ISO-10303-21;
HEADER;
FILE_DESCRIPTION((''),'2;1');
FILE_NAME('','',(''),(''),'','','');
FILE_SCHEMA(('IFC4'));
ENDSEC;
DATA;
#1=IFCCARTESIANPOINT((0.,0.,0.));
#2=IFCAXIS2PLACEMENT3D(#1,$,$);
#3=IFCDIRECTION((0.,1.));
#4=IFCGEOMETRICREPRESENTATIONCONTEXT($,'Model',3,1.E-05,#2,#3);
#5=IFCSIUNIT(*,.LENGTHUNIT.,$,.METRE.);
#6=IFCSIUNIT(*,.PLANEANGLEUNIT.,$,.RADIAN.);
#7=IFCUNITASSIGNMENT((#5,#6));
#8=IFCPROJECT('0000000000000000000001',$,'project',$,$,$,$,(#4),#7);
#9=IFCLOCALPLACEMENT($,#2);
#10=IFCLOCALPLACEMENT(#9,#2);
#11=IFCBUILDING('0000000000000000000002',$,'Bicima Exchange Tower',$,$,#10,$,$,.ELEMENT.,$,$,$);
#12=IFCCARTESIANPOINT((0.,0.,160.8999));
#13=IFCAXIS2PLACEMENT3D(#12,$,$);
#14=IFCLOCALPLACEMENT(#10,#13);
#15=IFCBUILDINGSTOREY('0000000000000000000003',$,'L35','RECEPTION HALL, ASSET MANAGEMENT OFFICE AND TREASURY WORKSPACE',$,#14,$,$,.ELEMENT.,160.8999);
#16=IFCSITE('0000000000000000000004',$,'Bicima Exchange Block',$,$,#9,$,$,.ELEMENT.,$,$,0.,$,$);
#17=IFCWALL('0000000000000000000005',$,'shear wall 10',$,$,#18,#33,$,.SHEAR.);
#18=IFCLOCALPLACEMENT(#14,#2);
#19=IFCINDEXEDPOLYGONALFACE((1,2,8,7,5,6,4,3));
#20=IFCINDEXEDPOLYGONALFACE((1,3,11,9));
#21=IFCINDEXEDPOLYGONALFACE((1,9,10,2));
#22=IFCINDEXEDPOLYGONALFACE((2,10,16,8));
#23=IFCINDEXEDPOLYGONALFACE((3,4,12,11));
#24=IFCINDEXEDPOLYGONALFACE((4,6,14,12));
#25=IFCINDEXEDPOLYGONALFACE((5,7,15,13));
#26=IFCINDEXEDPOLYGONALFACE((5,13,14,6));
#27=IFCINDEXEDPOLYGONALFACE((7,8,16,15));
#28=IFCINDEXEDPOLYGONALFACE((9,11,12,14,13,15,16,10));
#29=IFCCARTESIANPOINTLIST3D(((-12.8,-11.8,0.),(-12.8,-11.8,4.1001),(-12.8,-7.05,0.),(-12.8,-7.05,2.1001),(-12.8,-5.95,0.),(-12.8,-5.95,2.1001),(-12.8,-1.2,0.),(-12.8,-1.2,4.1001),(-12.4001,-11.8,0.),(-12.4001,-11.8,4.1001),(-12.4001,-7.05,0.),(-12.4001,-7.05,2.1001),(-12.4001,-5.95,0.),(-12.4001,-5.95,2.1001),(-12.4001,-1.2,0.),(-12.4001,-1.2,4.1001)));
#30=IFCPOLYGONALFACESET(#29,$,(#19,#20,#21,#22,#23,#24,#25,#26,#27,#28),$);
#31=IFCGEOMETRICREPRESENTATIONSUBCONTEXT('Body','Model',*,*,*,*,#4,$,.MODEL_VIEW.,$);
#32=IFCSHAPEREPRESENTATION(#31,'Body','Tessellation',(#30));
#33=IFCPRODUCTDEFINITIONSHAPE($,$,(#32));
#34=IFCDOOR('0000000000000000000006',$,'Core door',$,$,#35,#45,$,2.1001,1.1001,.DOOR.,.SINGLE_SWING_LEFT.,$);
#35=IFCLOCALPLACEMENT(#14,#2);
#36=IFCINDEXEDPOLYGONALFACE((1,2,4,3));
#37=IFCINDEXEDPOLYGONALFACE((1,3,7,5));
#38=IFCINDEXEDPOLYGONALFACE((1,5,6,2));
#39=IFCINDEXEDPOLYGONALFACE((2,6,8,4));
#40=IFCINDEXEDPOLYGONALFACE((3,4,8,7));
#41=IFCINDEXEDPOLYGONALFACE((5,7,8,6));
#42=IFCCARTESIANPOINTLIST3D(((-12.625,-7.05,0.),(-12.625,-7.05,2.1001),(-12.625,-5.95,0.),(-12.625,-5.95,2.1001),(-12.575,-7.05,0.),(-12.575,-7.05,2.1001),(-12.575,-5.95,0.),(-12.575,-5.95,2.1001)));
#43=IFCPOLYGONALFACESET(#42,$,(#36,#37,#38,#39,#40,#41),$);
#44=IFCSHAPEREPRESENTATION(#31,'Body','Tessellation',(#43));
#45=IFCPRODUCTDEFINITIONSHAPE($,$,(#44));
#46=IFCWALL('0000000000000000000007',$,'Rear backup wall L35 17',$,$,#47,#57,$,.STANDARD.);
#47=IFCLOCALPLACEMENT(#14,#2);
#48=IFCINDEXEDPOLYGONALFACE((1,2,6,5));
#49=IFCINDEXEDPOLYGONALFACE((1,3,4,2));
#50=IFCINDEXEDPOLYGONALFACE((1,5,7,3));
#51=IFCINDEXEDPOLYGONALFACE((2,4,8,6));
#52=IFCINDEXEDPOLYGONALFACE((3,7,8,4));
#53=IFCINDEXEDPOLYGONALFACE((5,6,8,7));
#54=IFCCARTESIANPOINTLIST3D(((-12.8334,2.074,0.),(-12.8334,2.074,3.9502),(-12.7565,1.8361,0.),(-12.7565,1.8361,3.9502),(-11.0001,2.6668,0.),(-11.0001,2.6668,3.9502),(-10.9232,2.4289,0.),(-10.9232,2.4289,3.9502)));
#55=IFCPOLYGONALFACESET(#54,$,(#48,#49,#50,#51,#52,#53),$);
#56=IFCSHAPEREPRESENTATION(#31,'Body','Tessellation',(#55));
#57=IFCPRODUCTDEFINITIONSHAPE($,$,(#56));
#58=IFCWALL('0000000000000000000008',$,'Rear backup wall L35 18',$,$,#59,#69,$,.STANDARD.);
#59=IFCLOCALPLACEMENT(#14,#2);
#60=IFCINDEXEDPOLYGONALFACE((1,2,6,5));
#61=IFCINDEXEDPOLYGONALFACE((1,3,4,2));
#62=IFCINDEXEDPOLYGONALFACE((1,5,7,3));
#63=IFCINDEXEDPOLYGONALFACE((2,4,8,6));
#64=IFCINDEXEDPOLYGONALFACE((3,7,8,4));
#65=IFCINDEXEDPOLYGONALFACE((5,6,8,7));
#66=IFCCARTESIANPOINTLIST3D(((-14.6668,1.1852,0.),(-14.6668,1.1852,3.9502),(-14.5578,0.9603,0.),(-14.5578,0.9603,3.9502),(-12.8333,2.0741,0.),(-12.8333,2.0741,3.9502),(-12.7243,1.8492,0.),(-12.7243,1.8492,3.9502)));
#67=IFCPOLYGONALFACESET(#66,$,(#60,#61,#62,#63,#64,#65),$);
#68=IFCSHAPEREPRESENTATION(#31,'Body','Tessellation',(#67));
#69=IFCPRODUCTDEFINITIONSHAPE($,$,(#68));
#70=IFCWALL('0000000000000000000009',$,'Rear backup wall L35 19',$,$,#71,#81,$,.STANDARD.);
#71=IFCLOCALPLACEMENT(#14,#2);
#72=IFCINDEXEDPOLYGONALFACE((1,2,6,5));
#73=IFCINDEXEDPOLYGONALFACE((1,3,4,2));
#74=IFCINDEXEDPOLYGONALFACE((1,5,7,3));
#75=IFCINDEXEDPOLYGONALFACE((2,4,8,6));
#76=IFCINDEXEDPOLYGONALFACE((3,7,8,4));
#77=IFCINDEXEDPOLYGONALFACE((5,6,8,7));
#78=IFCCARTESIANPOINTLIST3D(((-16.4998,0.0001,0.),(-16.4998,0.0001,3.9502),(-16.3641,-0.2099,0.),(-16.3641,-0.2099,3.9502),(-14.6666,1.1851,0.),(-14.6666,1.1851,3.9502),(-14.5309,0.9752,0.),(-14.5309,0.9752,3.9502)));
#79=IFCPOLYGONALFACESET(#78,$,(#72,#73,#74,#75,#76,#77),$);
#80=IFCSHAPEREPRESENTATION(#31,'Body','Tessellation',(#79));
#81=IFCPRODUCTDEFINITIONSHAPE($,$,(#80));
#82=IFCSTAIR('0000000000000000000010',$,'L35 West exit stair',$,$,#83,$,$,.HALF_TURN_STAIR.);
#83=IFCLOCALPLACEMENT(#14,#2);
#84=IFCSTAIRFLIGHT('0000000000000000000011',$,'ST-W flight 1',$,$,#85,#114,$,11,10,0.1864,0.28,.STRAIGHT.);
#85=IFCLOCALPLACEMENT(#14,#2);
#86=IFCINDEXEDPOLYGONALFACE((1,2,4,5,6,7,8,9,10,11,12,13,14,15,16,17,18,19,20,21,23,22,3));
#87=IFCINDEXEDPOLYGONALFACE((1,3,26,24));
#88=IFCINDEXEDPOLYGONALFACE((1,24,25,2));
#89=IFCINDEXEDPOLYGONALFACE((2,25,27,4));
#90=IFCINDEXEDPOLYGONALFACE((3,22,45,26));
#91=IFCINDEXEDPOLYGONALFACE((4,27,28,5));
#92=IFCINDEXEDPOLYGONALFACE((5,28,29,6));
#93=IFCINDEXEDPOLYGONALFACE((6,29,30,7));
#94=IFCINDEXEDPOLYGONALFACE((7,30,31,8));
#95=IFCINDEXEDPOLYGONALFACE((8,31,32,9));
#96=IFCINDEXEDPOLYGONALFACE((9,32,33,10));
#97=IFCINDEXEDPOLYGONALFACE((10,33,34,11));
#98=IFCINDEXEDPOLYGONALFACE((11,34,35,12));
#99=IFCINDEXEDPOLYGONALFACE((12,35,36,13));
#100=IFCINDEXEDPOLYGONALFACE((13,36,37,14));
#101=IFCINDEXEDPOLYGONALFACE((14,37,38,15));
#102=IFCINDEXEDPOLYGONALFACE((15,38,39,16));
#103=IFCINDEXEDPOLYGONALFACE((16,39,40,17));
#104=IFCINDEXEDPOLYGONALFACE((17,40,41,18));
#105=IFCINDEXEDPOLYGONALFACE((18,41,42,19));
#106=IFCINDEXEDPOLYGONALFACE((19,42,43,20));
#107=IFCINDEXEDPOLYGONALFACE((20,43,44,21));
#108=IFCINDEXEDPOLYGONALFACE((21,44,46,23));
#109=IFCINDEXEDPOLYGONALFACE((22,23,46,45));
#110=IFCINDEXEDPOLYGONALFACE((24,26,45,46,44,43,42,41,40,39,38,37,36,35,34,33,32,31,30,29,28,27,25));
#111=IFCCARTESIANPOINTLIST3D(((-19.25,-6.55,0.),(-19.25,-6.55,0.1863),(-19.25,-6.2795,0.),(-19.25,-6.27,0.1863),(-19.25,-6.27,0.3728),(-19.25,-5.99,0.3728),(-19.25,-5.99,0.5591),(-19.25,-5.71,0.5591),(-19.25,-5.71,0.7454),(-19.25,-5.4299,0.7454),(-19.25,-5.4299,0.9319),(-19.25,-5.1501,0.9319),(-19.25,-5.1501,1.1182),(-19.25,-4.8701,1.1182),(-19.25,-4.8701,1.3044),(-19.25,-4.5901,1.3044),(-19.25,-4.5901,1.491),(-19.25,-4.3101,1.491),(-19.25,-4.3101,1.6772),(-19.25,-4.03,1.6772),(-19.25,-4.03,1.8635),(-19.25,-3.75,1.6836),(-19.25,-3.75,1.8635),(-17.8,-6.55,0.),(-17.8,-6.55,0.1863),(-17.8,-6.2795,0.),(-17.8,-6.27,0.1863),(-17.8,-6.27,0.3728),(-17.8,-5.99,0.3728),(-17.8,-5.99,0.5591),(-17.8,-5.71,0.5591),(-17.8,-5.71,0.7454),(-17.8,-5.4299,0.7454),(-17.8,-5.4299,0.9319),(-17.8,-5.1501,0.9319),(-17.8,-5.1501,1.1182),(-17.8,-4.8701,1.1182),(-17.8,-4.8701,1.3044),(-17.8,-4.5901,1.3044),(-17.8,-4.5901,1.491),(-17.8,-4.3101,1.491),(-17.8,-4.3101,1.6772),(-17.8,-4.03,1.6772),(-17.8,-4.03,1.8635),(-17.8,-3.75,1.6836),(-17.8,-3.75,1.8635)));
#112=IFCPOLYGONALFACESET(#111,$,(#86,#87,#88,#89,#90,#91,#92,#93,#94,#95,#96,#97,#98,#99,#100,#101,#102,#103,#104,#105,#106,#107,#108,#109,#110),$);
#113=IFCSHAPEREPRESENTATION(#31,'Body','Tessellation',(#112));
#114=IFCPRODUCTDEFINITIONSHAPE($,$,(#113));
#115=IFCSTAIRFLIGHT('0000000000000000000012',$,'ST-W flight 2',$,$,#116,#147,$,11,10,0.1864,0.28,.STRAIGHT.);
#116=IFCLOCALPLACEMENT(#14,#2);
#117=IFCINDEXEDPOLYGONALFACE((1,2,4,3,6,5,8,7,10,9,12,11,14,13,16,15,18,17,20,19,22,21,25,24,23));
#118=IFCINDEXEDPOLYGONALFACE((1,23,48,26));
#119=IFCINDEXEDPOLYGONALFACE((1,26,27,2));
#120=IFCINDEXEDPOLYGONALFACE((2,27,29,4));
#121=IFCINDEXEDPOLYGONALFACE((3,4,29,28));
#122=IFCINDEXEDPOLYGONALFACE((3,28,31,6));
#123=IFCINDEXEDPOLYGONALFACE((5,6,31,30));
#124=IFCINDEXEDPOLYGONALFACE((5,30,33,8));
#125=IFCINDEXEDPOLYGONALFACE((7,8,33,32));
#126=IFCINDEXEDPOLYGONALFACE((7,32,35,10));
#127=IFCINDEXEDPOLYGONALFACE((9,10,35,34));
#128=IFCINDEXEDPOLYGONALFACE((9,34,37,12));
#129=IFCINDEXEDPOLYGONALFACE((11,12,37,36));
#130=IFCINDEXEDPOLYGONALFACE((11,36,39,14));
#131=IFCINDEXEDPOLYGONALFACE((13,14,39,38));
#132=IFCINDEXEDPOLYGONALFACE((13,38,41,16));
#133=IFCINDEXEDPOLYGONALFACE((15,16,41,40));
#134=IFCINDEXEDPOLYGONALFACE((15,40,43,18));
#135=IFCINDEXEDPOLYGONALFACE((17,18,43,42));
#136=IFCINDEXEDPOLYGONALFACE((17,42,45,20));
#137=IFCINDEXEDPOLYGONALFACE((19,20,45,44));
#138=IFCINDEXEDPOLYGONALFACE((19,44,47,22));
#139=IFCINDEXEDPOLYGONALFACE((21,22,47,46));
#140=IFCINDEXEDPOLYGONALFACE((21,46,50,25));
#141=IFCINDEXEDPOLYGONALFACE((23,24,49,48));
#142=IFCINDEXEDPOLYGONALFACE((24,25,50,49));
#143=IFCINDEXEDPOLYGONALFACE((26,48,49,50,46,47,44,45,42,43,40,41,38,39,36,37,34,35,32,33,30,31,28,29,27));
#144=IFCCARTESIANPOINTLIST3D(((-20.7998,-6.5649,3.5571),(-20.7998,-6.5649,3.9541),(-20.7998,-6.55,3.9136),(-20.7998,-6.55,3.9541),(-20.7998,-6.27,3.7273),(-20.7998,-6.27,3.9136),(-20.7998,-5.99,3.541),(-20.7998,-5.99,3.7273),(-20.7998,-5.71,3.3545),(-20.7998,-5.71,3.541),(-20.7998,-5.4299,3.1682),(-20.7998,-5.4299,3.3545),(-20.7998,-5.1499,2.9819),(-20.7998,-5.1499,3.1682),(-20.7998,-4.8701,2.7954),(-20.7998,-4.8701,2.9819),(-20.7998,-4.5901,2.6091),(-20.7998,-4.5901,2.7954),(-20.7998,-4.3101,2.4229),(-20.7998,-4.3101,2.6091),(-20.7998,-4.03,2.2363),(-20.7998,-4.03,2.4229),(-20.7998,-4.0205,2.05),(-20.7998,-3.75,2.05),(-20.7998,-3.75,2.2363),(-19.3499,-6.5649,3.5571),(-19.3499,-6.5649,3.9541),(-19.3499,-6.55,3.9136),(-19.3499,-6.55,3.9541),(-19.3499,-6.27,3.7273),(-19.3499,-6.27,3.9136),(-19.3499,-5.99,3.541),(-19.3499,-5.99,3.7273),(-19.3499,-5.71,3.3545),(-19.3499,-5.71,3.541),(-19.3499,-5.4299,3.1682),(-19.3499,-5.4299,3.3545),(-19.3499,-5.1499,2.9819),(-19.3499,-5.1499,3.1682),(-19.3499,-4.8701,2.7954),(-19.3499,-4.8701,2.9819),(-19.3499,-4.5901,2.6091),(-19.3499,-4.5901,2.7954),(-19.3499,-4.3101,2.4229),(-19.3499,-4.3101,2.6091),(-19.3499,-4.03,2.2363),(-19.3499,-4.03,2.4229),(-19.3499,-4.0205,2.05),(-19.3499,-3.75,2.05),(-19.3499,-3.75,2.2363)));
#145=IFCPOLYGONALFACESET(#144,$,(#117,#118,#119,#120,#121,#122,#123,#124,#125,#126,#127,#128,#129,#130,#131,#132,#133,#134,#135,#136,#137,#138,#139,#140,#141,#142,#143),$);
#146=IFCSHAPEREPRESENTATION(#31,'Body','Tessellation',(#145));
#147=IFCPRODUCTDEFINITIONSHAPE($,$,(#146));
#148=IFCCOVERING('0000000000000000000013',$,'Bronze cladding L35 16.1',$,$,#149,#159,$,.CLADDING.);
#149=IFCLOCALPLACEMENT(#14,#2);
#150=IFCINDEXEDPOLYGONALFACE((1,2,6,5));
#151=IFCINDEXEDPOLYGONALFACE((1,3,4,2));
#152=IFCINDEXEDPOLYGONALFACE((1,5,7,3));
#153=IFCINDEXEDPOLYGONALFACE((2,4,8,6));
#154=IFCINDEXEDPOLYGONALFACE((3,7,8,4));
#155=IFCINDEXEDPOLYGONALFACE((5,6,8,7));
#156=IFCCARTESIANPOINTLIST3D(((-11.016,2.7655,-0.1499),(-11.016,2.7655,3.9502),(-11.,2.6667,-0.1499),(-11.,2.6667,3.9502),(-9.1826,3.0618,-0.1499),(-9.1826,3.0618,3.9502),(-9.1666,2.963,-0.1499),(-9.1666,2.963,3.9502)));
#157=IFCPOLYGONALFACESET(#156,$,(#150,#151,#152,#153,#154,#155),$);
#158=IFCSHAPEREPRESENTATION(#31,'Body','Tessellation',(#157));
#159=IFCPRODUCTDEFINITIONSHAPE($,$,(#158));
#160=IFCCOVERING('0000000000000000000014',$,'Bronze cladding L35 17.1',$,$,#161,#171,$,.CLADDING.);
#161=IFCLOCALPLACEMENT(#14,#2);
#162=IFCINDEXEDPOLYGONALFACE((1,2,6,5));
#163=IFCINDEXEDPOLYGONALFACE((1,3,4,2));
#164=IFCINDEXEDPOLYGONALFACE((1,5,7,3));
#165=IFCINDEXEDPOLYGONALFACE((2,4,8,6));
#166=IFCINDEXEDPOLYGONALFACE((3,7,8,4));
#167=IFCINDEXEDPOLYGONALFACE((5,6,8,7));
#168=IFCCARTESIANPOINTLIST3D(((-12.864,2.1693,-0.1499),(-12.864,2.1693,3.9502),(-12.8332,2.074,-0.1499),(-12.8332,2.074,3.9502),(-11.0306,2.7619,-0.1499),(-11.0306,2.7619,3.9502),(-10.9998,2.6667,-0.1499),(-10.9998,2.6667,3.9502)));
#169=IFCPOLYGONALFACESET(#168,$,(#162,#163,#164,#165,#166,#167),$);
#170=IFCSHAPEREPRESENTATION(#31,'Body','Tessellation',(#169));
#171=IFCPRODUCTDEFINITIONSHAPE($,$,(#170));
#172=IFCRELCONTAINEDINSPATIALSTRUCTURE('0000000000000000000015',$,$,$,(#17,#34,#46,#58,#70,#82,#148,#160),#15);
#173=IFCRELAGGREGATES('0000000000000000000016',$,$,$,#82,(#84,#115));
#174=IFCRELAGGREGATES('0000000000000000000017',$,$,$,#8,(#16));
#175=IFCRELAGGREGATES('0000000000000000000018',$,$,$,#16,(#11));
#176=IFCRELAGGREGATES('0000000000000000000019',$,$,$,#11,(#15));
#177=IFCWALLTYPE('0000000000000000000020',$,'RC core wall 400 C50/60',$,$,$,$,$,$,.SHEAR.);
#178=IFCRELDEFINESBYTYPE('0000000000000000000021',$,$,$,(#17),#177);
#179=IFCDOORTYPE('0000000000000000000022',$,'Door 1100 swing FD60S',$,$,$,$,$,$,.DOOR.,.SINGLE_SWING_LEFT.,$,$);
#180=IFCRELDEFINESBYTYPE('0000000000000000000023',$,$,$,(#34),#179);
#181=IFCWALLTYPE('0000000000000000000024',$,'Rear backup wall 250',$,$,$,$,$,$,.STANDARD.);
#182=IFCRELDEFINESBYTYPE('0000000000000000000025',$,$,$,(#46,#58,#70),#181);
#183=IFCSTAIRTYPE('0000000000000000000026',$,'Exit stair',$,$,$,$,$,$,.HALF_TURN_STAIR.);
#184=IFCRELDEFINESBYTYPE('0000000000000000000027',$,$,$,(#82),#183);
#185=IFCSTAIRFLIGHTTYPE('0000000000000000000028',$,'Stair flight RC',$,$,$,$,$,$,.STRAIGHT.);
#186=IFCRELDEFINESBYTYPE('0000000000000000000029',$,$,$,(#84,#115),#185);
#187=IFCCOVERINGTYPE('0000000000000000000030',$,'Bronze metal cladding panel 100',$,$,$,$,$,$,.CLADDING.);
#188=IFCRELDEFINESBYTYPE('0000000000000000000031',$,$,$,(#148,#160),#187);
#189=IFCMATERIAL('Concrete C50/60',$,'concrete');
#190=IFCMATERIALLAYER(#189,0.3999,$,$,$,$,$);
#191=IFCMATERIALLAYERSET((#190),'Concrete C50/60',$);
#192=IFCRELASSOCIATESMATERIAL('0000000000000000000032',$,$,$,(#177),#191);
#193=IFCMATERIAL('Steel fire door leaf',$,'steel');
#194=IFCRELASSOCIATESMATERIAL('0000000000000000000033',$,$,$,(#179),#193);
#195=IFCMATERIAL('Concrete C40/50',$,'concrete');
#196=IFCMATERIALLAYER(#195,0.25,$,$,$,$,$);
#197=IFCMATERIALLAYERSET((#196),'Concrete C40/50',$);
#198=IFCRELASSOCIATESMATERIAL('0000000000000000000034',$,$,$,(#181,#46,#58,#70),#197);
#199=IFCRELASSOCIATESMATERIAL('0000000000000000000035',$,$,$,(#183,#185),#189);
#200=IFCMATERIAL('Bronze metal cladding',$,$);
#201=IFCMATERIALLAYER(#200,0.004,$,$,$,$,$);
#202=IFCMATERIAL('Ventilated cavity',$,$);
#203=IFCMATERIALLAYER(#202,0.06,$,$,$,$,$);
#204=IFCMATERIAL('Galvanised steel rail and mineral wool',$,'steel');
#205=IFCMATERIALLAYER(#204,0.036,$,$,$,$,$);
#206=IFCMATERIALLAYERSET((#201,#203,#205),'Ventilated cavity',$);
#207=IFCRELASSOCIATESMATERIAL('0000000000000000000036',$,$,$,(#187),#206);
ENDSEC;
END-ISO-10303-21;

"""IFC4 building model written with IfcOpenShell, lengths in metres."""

from ifc_helpers import new_model, si_unit, direction, frame, frame_2d, origin, origin_2d, place, context, subcontext, project, spatial, polyline, rectangle, outline, extrude, material, layer, layer_set, layer_usage, type_object, element, fill, aggregate, save


model = new_model("IFC4")

# Units and contexts
model_context = context("Model", 3, precision=1e-05, world=origin(), true_north=direction((0.0, 1.0)))
body_context = subcontext(model_context, "Body", "Model", "MODEL_VIEW")
ifc_project = project(units=[si_unit("LENGTHUNIT", "METRE"), si_unit("PLANEANGLEUNIT", "RADIAN")], contexts=[model_context])

# Site, building, storey
site_placement = place(None, origin())
site = spatial("IfcSite", under=ifc_project, at=site_placement, Name="Bicima Exchange Block", CompositionType="ELEMENT", RefElevation=0.0)
building_placement = place(site_placement, origin())
building = spatial("IfcBuilding", under=site, at=building_placement, Name="Bicima Exchange Tower", CompositionType="ELEMENT")
storey_placement = place(building_placement, frame((0.0, 0.0, 160.8999)))
storey = spatial("IfcBuildingStorey", under=building, at=storey_placement, Name="L35", Description="RECEPTION HALL, ASSET MANAGEMENT OFFICE AND TREASURY WORKSPACE", CompositionType="ELEMENT", Elevation=160.8999)

# Shared definitions
ifc_material_1 = material(Name="Concrete C50/60", Category="concrete")
ifc_layer_1 = layer(ifc_material_1, 0.3999)
ifc_layer_set_1 = layer_set([ifc_layer_1], Name="Concrete C50/60")
wall_type_1 = type_object("IfcWallType", Name="RC core wall 400 C50/60", PredefinedType="SHEAR", material=ifc_layer_set_1)
ifc_material_2 = material(Name="Steel fire door leaf", Category="steel")
door_type_1 = type_object("IfcDoorType", Name="Door 1100 swing FD60S", OperationType="SINGLE_SWING_LEFT", PredefinedType="DOOR", material=ifc_material_2)

# Wall, opening, door
wall_1_placement = place(storey_placement, frame((-12.6001, -11.8, 0.0), z_axis=(0.0, 0.0, 1.0), x_axis=(0.0, 1.0, 0.0)))
wall_1 = element("IfcWall", 1, at=wall_1_placement, inside=storey, type_object=wall_type_1, Name="shear wall 10", PredefinedType="SHEAR", context=body_context, shape_type="SweptSolid", body=[
    extrude(rectangle(XDim=10.6001, YDim=0.3999, at=frame_2d((5.3, 0.0))), origin(), (0.0, 0.0, 1.0), 4.1001),
])
opening_1_placement = place(wall_1_placement, frame((4.75, 0.0, 0.0)))
opening_1 = element("IfcOpeningElement", 2, at=opening_1_placement, cuts=wall_1, PredefinedType="OPENING", context=body_context, shape_type="SweptSolid", body=[
    extrude(rectangle(XDim=1.1001, YDim=2.1001, at=frame_2d((0.55, 1.05))), frame((0.0, 0.2119, 0.0), z_axis=(0.0, -1.0, 0.0), x_axis=(1.0, 0.0, 0.0)), (0.0, 0.0, 1.0), 0.4238),
])
door_1_placement = place(opening_1_placement, origin())
door_1 = element("IfcDoor", 3, at=door_1_placement, inside=storey, type_object=door_type_1, Name="Core door", OperationType="SINGLE_SWING_LEFT", OverallHeight=2.1001, OverallWidth=1.1001, PredefinedType="DOOR", context=body_context, shape_type="SweptSolid", body=[
    extrude(rectangle(XDim=1.1001, YDim=2.1001, at=frame_2d((0.55, 1.05))), frame((0.0, 0.0249, 0.0), z_axis=(0.0, -1.0, 0.0), x_axis=(1.0, 0.0, 0.0)), (0.0, 0.0, 1.0), 0.05),
])
fill(opening_1, door_1)

# Walls
ifc_material_3 = material(Name="Concrete C40/50", Category="concrete")
ifc_layer_2 = layer(ifc_material_3, 0.25)
ifc_layer_set_2 = layer_set([ifc_layer_2], Name="Concrete C40/50")
ifc_layer_usage = layer_usage(ifc_layer_set_2, "AXIS2", "POSITIVE", -0.125)
wall_type_2 = type_object("IfcWallType", Name="Rear backup wall 250", PredefinedType="STANDARD", material=ifc_layer_set_2)
wall_2_placement = place(storey_placement, frame((-10.9617, 2.5479, 0.0), z_axis=(0.0, 0.0, 1.0), x_axis=(-0.951496, -0.307662, 0.0)))
element("IfcWall", 4, at=wall_2_placement, inside=storey, type_object=wall_type_2, material=ifc_layer_usage, Name="Rear backup wall L35 17", PredefinedType="STANDARD", context=body_context, shape_type="SweptSolid", body=[
    extrude(rectangle(XDim=1.9268, YDim=0.25, at=frame_2d((0.9634, 0.0))), origin(), (0.0, 0.0, 1.0), 3.9502),
])
wall_3_placement = place(storey_placement, frame((-12.7788, 1.9617, 0.0), z_axis=(0.0, 0.0, 1.0), x_axis=(-0.899824, -0.436253, 0.0)))
element("IfcWall", 5, at=wall_3_placement, inside=storey, type_object=wall_type_2, material=ifc_layer_usage, Name="Rear backup wall L35 18", PredefinedType="STANDARD", context=body_context, shape_type="SweptSolid", body=[
    extrude(rectangle(XDim=2.0376, YDim=0.25, at=frame_2d((1.0188, 0.0))), origin(), (0.0, 0.0, 1.0), 3.9502),
])
wall_4_placement = place(storey_placement, frame((-14.5989, 1.0801, 0.0), z_axis=(0.0, 0.0, 1.0), x_axis=(-0.839813, -0.542876, 0.0)))
element("IfcWall", 6, at=wall_4_placement, inside=storey, type_object=wall_type_2, material=ifc_layer_usage, Name="Rear backup wall L35 19", PredefinedType="STANDARD", context=body_context, shape_type="SweptSolid", body=[
    extrude(rectangle(XDim=2.1829, YDim=0.25, at=frame_2d((1.0913, 0.0))), origin(), (0.0, 0.0, 1.0), 3.9502),
])

# Stair, stair flights
stair_type = type_object("IfcStairType", Name="Exit stair", PredefinedType="HALF_TURN_STAIR", material=ifc_material_1)
stair_placement = place(storey_placement, origin())
stair = element("IfcStair", 7, at=stair_placement, inside=storey, type_object=stair_type, Name="L35 West exit stair", PredefinedType="HALF_TURN_STAIR")
stair_flight_type = type_object("IfcStairFlightType", Name="Stair flight RC", PredefinedType="STRAIGHT", material=ifc_material_1)
stair_flight_1_placement = place(storey_placement, frame((-18.5249, -6.55, 0.0), z_axis=(0.0, 0.0, 1.0), x_axis=(0.0, 1.0, 0.0)))
stair_flight_1 = element("IfcStairFlight", 8, at=stair_flight_1_placement, type_object=stair_flight_type, Name="ST-W flight 1", NumberOfRisers=11, NumberOfTreads=10, PredefinedType="STRAIGHT", RiserHeight=0.1864, TreadLength=0.28, context=body_context, shape_type="SweptSolid", body=[
    extrude(outline(polyline([(0.0, 0.0), (0.0, 0.1863), (0.28, 0.1863), (0.28, 0.3728), (0.5601, 0.3728), (0.5601, 0.5591), (0.8401, 0.5591), (0.8401, 0.7454), (1.1201, 0.7454), (1.1201, 0.9319), (1.3999, 0.9319), (1.3999, 1.1182), (1.6799, 1.1182), (1.6799, 1.3044), (1.96, 1.3044), (1.96, 1.491), (2.24, 1.491), (2.24, 1.6772), (2.52, 1.6772), (2.52, 1.8635), (2.8, 1.8635), (2.8, 2.05), (2.8, 1.6836), (0.2705, 0.0), (0.0, 0.0)])), frame((0.0, 0.7251, 0.0), z_axis=(0.0, -1.0, 0.0), x_axis=(1.0, 0.0, 0.0)), (0.0, 0.0, 1.0), 1.45),
])
stair_flight_2_placement = place(storey_placement, frame((-20.075, -3.75, 2.05), z_axis=(0.0, 0.0, 1.0), x_axis=(0.0, -1.0, 0.0)))
stair_flight_2 = element("IfcStairFlight", 9, at=stair_flight_2_placement, type_object=stair_flight_type, Name="ST-W flight 2", NumberOfRisers=11, NumberOfTreads=10, PredefinedType="STRAIGHT", RiserHeight=0.1864, TreadLength=0.28, context=body_context, shape_type="SweptSolid", body=[
    extrude(outline(polyline([(0.0, 0.0), (0.0, 0.1863), (0.28, 0.1863), (0.28, 0.3728), (0.5601, 0.3728), (0.5601, 0.5591), (0.8401, 0.5591), (0.8401, 0.7454), (1.1201, 0.7454), (1.1201, 0.9319), (1.3999, 0.9319), (1.3999, 1.1182), (1.6799, 1.1182), (1.6799, 1.3044), (1.96, 1.3044), (1.96, 1.491), (2.24, 1.491), (2.24, 1.6772), (2.52, 1.6772), (2.52, 1.8635), (2.8, 1.8635), (2.8, 1.9041), (2.8149, 1.9041), (2.8149, 1.5071), (0.2705, 0.0), (0.0, 0.0)])), frame((0.0, 0.7251, 0.0), z_axis=(0.0, -1.0, 0.0), x_axis=(1.0, 0.0, 0.0)), (0.0, 0.0, 1.0), 1.45),
])
aggregate(stair, [stair_flight_1, stair_flight_2])

# Coverings
ifc_material_4 = material(Name="Bronze metal cladding")
ifc_layer_3 = layer(ifc_material_4, 0.004)
ifc_material_5 = material(Name="Ventilated cavity")
ifc_layer_4 = layer(ifc_material_5, 0.06)
ifc_material_6 = material(Name="Galvanised steel rail and mineral wool", Category="steel")
ifc_layer_5 = layer(ifc_material_6, 0.036)
ifc_layer_set_3 = layer_set([ifc_layer_3, ifc_layer_4, ifc_layer_5], Name="Ventilated cavity")
covering_type = type_object("IfcCoveringType", Name="Bronze metal cladding panel 100", PredefinedType="CLADDING", material=ifc_layer_set_3)
covering_1_placement = place(storey_placement, frame((-10.0913, 2.8643, -0.1499), z_axis=(0.0, 0.0, 1.0), x_axis=(-0.98719, -0.15955, 0.0)))
element("IfcCovering", 10, at=covering_1_placement, inside=storey, type_object=covering_type, Name="Bronze cladding L35 16.1", PredefinedType="CLADDING", context=body_context, shape_type="SweptSolid", body=[
    extrude(rectangle(XDim=1.8572, YDim=0.1001, at=origin_2d()), origin(), (0.0, 0.0, 1.0), 4.1001),
])
covering_2_placement = place(storey_placement, frame((-11.9319, 2.418, -0.1499), z_axis=(0.0, 0.0, 1.0), x_axis=(-0.951525, -0.307573, 0.0)))
element("IfcCovering", 11, at=covering_2_placement, inside=storey, type_object=covering_type, Name="Bronze cladding L35 17.1", PredefinedType="CLADDING", context=body_context, shape_type="SweptSolid", body=[
    extrude(rectangle(XDim=1.9268, YDim=0.1001, at=origin_2d()), origin(), (0.0, 0.0, 1.0), 4.1001),
])

save(model, "model.ifc")
